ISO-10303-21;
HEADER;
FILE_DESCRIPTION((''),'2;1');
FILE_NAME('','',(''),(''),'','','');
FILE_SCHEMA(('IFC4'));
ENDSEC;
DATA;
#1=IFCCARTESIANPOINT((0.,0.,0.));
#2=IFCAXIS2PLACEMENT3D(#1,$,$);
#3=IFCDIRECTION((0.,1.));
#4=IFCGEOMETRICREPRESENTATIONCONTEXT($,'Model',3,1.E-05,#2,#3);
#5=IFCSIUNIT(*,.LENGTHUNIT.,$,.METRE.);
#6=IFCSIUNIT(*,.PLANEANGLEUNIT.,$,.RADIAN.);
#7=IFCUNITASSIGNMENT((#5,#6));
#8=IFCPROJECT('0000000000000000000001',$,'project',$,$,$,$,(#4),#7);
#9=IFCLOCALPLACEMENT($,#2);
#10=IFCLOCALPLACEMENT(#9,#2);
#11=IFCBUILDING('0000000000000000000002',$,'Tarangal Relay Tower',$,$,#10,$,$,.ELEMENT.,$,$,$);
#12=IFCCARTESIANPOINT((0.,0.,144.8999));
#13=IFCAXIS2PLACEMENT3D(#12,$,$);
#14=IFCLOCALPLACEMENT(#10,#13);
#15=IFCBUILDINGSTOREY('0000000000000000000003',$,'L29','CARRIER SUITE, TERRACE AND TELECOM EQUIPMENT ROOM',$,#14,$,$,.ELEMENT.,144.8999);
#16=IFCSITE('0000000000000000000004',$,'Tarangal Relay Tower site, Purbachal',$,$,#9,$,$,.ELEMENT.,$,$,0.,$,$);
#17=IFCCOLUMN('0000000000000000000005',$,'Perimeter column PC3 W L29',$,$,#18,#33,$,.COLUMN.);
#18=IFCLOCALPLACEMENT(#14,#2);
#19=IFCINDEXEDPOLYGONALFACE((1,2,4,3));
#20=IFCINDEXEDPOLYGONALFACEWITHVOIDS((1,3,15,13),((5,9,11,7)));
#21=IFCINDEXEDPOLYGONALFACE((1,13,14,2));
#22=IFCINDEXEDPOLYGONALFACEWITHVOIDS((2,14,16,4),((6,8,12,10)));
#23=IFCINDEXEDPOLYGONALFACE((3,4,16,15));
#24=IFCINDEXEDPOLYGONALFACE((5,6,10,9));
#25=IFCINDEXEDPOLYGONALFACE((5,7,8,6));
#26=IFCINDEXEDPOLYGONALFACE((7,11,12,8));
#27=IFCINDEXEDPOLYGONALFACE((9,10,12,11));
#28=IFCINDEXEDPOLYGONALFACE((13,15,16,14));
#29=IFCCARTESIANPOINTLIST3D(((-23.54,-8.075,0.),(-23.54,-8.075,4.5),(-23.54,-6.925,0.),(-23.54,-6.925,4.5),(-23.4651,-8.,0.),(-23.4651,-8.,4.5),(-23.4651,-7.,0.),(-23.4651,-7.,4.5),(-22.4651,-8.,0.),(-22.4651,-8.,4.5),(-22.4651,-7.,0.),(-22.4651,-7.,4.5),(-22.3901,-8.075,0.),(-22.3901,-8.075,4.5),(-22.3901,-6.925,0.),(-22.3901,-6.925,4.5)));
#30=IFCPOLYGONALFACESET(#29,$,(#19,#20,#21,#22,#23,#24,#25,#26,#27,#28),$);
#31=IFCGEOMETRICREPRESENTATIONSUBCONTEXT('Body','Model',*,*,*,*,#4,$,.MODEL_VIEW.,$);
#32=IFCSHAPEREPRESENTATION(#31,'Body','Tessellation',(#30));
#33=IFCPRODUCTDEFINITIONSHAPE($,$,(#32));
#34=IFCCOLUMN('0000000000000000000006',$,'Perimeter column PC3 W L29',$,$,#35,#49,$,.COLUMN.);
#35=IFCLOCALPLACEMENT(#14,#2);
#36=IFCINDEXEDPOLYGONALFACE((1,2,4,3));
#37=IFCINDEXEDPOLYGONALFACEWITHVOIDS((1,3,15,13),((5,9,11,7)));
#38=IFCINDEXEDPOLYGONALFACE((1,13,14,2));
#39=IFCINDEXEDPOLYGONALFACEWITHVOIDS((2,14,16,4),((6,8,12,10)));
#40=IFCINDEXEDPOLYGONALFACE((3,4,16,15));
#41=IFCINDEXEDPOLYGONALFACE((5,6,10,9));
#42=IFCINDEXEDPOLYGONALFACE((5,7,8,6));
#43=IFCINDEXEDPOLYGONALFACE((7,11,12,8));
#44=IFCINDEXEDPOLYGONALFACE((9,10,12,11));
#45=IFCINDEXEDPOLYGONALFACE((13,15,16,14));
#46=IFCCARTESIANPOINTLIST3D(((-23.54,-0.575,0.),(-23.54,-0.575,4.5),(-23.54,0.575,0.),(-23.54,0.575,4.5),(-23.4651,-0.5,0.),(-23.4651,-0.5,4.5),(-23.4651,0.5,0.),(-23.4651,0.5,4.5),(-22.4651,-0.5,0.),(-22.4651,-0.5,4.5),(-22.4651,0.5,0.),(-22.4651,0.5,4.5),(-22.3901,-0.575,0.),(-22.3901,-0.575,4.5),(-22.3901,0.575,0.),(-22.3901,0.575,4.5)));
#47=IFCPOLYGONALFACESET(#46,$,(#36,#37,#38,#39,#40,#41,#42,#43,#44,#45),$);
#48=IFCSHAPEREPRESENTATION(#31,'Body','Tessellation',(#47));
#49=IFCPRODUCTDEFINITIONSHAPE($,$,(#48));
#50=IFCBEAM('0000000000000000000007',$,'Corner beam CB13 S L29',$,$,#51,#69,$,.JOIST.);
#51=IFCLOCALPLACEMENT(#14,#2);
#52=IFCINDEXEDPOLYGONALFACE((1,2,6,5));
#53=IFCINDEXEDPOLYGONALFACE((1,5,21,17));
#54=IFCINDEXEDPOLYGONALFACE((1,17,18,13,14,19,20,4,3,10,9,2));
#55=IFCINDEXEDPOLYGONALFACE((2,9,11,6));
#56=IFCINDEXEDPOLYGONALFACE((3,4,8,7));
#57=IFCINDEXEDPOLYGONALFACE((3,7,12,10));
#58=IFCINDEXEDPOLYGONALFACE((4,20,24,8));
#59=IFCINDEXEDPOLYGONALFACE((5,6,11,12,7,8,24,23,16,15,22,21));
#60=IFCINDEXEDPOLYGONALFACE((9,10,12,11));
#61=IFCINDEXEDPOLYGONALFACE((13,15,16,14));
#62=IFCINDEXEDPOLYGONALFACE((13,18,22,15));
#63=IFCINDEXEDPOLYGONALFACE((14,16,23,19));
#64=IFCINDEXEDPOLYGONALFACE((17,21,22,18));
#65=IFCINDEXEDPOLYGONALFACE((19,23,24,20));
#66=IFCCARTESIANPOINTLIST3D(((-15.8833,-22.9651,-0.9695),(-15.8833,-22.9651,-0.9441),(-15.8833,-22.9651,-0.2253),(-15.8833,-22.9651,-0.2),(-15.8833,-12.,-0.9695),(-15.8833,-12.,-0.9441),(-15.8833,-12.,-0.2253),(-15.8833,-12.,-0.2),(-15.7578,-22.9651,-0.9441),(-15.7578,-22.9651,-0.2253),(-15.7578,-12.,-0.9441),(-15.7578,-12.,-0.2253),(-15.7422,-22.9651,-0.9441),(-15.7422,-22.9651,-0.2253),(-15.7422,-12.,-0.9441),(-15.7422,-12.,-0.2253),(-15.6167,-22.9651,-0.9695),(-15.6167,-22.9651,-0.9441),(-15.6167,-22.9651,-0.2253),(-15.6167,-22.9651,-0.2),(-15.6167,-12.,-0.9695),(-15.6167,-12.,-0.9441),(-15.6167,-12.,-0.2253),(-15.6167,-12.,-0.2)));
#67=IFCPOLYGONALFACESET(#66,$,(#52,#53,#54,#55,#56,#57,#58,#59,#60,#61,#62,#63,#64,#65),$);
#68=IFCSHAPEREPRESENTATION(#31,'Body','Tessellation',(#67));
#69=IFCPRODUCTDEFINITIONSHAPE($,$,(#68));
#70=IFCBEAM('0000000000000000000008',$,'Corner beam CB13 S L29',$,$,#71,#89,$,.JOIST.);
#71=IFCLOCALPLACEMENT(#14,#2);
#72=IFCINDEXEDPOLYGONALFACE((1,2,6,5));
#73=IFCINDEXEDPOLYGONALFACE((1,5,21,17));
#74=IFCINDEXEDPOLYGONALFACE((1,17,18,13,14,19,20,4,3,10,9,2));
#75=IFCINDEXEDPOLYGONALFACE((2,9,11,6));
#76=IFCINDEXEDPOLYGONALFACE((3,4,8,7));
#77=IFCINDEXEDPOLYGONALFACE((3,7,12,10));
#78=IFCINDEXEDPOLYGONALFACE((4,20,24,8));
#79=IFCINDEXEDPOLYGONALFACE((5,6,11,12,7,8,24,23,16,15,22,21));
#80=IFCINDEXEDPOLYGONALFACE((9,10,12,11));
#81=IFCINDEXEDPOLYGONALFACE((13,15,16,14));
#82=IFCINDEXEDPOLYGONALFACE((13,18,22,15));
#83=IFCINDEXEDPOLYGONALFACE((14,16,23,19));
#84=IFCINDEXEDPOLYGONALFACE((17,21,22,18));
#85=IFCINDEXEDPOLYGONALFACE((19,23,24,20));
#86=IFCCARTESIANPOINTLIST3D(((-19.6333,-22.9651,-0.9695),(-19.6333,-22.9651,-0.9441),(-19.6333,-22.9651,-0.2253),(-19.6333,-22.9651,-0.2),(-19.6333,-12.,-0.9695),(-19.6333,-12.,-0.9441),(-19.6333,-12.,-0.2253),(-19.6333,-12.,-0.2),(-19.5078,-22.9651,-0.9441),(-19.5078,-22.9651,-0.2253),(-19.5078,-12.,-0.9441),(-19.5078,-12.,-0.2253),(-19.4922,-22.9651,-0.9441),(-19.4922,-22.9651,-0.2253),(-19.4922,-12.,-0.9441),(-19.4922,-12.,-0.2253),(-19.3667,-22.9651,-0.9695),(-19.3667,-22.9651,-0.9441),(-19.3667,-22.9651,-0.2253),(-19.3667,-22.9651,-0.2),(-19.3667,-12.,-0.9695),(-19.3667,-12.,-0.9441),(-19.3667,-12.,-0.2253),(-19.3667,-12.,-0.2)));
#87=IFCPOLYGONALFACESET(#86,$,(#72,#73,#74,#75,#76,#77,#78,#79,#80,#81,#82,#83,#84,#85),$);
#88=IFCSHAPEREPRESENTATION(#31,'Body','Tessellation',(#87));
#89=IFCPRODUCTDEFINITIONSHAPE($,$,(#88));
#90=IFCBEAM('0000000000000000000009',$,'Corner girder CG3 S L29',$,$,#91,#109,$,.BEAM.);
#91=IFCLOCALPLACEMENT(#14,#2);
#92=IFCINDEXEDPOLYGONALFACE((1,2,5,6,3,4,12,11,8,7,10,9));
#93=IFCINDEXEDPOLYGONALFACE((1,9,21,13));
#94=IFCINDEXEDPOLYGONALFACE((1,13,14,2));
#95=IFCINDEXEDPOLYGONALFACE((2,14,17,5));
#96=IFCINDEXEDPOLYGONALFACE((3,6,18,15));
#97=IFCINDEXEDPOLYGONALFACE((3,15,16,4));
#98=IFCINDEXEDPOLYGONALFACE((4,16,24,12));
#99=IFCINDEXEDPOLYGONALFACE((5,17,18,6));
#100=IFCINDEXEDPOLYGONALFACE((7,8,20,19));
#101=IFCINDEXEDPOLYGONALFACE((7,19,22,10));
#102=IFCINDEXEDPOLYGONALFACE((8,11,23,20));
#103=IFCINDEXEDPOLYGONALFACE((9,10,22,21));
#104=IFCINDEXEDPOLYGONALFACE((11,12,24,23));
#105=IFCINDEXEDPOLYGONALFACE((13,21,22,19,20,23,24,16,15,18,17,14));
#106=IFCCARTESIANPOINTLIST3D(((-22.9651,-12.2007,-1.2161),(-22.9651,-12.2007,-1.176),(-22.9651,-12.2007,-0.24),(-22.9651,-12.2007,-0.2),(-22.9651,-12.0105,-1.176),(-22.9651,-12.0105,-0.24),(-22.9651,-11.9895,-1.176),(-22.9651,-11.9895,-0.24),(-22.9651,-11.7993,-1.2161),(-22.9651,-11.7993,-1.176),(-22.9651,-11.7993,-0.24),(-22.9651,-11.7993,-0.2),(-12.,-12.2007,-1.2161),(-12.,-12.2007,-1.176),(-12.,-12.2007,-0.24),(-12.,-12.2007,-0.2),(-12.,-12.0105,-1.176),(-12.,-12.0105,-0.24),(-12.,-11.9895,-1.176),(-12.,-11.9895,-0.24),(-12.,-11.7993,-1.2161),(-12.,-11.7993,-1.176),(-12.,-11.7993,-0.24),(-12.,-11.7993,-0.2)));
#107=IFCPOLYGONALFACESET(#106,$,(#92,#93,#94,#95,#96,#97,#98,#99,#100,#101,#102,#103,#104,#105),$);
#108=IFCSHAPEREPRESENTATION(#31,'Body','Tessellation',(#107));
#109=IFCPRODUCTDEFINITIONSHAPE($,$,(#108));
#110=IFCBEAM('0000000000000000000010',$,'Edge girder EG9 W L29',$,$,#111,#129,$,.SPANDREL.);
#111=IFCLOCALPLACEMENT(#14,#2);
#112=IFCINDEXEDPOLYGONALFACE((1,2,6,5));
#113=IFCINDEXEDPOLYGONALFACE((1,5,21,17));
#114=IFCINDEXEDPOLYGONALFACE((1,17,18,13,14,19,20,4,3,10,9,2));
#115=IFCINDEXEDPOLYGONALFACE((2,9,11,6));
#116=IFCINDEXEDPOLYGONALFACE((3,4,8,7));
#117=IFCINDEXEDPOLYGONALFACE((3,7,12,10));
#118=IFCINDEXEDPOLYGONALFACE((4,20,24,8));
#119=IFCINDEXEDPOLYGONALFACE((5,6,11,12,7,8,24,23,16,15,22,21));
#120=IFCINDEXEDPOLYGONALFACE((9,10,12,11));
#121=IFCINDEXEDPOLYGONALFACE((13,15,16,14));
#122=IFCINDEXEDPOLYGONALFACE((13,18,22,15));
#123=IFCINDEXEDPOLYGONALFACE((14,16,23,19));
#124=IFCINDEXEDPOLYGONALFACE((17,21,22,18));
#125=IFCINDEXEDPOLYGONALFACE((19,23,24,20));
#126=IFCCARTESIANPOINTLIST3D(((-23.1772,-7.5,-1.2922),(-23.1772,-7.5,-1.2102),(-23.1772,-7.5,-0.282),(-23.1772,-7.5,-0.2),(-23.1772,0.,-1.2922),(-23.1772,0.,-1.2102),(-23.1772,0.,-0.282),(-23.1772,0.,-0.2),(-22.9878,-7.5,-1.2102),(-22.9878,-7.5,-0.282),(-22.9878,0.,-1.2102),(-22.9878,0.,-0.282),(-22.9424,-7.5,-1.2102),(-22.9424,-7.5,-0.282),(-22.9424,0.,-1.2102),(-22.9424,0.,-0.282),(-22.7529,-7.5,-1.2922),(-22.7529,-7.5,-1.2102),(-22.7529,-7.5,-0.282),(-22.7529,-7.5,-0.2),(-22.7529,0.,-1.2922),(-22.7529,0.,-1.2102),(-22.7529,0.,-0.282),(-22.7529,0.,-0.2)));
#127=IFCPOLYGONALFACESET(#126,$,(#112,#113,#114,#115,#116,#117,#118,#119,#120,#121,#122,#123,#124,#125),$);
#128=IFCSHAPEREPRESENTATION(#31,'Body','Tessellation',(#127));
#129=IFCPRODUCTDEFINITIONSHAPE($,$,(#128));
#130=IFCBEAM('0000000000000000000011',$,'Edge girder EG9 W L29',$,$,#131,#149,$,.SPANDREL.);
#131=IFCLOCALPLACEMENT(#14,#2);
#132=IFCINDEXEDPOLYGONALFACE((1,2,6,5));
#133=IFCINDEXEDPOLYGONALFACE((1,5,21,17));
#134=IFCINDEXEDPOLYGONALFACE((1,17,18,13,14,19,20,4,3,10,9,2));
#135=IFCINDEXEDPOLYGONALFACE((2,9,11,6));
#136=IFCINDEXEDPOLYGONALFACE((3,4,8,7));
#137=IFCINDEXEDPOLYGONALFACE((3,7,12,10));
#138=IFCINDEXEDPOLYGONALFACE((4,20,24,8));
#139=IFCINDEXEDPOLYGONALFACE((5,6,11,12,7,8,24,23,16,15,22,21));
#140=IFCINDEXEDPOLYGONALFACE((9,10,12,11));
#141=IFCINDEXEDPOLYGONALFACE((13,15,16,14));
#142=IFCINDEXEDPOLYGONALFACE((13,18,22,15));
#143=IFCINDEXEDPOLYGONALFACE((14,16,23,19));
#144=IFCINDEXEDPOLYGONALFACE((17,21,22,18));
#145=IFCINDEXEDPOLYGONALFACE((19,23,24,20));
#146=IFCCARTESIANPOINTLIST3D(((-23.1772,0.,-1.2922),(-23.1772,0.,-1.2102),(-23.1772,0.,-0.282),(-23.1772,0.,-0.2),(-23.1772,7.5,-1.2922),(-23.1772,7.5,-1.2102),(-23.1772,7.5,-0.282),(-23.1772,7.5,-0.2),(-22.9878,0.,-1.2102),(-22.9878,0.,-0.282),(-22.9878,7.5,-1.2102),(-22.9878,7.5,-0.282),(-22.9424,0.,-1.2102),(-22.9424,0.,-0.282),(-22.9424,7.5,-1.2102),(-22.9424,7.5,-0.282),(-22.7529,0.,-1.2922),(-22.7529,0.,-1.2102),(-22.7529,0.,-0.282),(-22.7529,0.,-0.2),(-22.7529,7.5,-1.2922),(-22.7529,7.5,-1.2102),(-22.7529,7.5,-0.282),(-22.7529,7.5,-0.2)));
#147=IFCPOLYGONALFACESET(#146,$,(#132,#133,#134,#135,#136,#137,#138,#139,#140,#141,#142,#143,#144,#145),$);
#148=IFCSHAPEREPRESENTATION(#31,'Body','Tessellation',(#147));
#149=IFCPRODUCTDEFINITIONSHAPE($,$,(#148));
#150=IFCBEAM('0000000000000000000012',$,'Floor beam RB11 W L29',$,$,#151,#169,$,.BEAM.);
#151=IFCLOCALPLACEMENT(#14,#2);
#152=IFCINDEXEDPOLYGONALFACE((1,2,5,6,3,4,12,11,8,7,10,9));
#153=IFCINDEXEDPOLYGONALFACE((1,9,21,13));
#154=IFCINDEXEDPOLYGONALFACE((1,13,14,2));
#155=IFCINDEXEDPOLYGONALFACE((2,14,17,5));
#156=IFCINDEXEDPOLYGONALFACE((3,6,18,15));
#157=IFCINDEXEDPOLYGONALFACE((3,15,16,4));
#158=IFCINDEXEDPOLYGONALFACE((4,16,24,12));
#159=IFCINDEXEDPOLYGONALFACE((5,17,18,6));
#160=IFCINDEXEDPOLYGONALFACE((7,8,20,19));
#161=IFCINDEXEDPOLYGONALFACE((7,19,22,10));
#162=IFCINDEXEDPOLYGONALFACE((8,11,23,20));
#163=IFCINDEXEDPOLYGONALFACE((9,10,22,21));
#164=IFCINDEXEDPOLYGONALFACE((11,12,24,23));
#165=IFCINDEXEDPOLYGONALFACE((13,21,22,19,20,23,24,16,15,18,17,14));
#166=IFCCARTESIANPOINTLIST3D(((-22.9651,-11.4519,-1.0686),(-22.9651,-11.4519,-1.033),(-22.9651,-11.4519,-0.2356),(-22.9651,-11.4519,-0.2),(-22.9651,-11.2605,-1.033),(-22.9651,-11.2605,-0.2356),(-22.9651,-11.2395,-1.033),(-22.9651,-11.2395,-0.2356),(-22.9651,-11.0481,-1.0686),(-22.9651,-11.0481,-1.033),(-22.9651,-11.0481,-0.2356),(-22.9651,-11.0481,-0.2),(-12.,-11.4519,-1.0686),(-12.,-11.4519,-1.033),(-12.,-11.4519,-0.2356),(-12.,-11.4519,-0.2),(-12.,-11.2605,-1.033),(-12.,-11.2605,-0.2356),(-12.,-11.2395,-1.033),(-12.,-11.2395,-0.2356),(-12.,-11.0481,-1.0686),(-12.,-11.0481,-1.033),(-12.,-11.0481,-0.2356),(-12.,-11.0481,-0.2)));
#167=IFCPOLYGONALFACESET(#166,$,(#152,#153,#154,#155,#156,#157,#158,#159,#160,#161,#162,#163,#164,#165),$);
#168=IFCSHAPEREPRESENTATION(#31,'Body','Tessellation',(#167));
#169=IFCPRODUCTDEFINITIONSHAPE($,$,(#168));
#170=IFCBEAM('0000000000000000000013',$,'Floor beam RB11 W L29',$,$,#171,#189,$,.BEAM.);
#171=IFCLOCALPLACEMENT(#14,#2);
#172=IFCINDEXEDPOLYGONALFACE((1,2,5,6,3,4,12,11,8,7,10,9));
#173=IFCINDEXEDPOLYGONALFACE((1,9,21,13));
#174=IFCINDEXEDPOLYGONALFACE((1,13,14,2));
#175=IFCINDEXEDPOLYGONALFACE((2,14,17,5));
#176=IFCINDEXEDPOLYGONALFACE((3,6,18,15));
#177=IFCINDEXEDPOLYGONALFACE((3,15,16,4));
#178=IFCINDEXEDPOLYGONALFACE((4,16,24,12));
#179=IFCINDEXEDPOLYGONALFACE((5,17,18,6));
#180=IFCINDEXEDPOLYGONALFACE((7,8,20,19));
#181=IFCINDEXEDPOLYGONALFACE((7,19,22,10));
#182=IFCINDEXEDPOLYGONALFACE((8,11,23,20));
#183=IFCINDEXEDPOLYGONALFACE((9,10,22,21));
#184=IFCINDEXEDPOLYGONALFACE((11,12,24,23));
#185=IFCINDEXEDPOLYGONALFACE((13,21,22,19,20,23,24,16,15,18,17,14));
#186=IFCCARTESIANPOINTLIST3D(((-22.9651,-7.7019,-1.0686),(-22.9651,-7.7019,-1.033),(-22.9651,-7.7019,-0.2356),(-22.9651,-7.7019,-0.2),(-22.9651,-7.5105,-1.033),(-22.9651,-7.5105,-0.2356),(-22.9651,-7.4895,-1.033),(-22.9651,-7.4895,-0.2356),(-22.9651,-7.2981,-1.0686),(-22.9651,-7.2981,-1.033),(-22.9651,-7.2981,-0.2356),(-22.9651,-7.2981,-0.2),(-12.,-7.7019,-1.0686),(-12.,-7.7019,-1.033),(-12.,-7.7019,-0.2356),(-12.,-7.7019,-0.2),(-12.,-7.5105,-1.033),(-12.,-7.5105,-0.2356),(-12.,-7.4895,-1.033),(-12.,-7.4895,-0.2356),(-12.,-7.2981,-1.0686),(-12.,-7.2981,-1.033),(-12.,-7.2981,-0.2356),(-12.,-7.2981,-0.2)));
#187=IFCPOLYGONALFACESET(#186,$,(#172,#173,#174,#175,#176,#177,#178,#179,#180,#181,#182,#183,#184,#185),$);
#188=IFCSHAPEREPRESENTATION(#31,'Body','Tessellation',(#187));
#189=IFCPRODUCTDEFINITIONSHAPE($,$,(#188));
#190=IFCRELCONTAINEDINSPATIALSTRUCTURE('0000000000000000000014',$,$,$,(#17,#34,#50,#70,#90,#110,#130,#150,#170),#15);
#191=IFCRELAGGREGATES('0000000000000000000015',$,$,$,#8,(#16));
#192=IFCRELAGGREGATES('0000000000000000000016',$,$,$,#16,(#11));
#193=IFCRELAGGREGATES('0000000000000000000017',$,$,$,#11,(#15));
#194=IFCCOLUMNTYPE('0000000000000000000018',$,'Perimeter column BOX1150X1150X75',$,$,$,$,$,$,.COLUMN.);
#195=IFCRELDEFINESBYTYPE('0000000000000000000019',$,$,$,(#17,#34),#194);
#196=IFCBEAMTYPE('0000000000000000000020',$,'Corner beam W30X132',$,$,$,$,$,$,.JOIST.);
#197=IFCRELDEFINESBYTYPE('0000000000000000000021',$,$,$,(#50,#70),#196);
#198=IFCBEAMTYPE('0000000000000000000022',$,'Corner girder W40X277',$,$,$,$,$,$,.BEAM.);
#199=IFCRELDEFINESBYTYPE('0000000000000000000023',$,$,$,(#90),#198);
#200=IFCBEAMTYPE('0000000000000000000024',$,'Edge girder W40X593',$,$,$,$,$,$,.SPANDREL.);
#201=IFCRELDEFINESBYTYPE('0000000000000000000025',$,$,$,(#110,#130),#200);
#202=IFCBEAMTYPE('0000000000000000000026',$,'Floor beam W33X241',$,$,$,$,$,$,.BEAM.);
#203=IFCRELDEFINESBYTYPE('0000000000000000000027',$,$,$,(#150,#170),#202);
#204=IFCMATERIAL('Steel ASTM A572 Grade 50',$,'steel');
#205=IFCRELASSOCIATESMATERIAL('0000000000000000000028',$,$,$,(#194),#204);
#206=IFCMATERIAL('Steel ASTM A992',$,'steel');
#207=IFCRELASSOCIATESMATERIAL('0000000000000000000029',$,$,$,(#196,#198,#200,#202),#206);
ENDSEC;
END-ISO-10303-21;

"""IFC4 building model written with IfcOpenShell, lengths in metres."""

from ifc_helpers import new_model, si_unit, direction, frame, origin, origin_2d, place, context, subcontext, project, spatial, hollow_rectangle, i_section, extrude, material, material_profile, profile_set, type_object, element, save


model = new_model("IFC4")

# Units and contexts
model_context = context("Model", 3, precision=1e-05, world=origin(), true_north=direction((0.0, 1.0)))
body_context = subcontext(model_context, "Body", "Model", "MODEL_VIEW")
ifc_project = project(units=[si_unit("LENGTHUNIT", "METRE"), si_unit("PLANEANGLEUNIT", "RADIAN")], contexts=[model_context])

# Site, building, storey
site_placement = place(None, origin())
site = spatial("IfcSite", under=ifc_project, at=site_placement, Name="Tarangal Relay Tower site, Purbachal", CompositionType="ELEMENT", RefElevation=0.0)
building_placement = place(site_placement, origin())
building = spatial("IfcBuilding", under=site, at=building_placement, Name="Tarangal Relay Tower", CompositionType="ELEMENT")
storey_placement = place(building_placement, frame((0.0, 0.0, 144.8999)))
storey = spatial("IfcBuildingStorey", under=building, at=storey_placement, Name="L29", Description="CARRIER SUITE, TERRACE AND TELECOM EQUIPMENT ROOM", CompositionType="ELEMENT", Elevation=144.8999)

# Columns
ifc_material_1 = material(Name="Steel ASTM A572 Grade 50", Category="steel")
ifc_material_profile_1 = material_profile(ifc_material_1, hollow_rectangle(XDim=1.1499, YDim=1.1499, WallThickness=0.075, at=origin_2d()), Name="BOX1150X1150X75")
ifc_profile_set_1 = profile_set([ifc_material_profile_1], Name="Steel ASTM A572 Grade 50")
column_type = type_object("IfcColumnType", Name="Perimeter column BOX1150X1150X75", PredefinedType="COLUMN", material=ifc_profile_set_1)
for number, where, z_axis, x_axis, name in (
    (1, (-22.9651, -7.5, 0.0), (0.0, 0.0, 1.0), (1.0, 0.0, 0.0), "Perimeter column PC3 W L29"),
    (2, (-22.9651, 0.0, 0.0), (0.0, 0.0, 1.0), (1.0, 0.0, 0.0), "Perimeter column PC3 W L29"),
):
    element("IfcColumn", number, at=place(storey_placement, frame(where, z_axis=z_axis, x_axis=x_axis)), inside=storey, type_object=column_type, Name=name, PredefinedType="COLUMN", context=body_context, shape_type="SweptSolid", body=[
        extrude(hollow_rectangle(XDim=1.1499, YDim=1.1499, WallThickness=0.075, at=origin_2d()), origin(), (0.0, 0.0, 1.0), 4.5),
    ])

# Beams
ifc_material_2 = material(Name="Steel ASTM A992", Category="steel")
ifc_material_profile_2 = material_profile(ifc_material_2, i_section(OverallWidth=0.2666, OverallDepth=0.7695, WebThickness=0.0156, FlangeThickness=0.0254, at=origin_2d()), Name="W30X132")
ifc_profile_set_2 = profile_set([ifc_material_profile_2], Name="Steel ASTM A992")
beam_type_1 = type_object("IfcBeamType", Name="Corner beam W30X132", PredefinedType="JOIST", material=ifc_profile_set_2)
for number, where, z_axis, x_axis, name in (
    (3, (-15.75, -12.0, -0.5847), (0.0, -1.0, 0.0), (1.0, 0.0, 0.0), "Corner beam CB13 S L29"),
    (4, (-19.5, -12.0, -0.5847), (0.0, -1.0, 0.0), (1.0, 0.0, 0.0), "Corner beam CB13 S L29"),
):
    element("IfcBeam", number, at=place(storey_placement, frame(where, z_axis=z_axis, x_axis=x_axis)), inside=storey, type_object=beam_type_1, Name=name, PredefinedType="JOIST", context=body_context, shape_type="SweptSolid", body=[
        extrude(i_section(OverallWidth=0.2666, OverallDepth=0.7695, WebThickness=0.0156, FlangeThickness=0.0254, at=origin_2d()), origin(), (0.0, 0.0, 1.0), 10.9651),
    ])
ifc_material_profile_3 = material_profile(ifc_material_2, i_section(OverallWidth=0.4014, OverallDepth=1.0161, WebThickness=0.021, FlangeThickness=0.04, at=origin_2d()), Name="W40X277")
ifc_profile_set_3 = profile_set([ifc_material_profile_3], Name="Steel ASTM A992")
beam_type_2 = type_object("IfcBeamType", Name="Corner girder W40X277", PredefinedType="BEAM", material=ifc_profile_set_3)
beam_placement = place(storey_placement, frame((-12.0, -12.0, -0.708), z_axis=(-1.0, 0.0, 0.0), x_axis=(0.0, -1.0, 0.0)))
element("IfcBeam", 5, at=beam_placement, inside=storey, type_object=beam_type_2, Name="Corner girder CG3 S L29", PredefinedType="BEAM", context=body_context, shape_type="SweptSolid", body=[
    extrude(i_section(OverallWidth=0.4014, OverallDepth=1.0161, WebThickness=0.021, FlangeThickness=0.04, at=origin_2d()), origin(), (0.0, 0.0, 1.0), 10.9651),
])
ifc_material_profile_4 = material_profile(ifc_material_2, i_section(OverallWidth=0.4243, OverallDepth=1.0923, WebThickness=0.0454, FlangeThickness=0.082, at=origin_2d()), Name="W40X593")
ifc_profile_set_4 = profile_set([ifc_material_profile_4], Name="Steel ASTM A992")
beam_type_3 = type_object("IfcBeamType", Name="Edge girder W40X593", PredefinedType="SPANDREL", material=ifc_profile_set_4)
for number, where, z_axis, x_axis, name in (
    (6, (-22.9651, -7.5, -0.7461), (0.0, 1.0, 0.0), (-1.0, 0.0, 0.0), "Edge girder EG9 W L29"),
    (7, (-22.9651, 0.0, -0.7461), (0.0, 1.0, 0.0), (-1.0, 0.0, 0.0), "Edge girder EG9 W L29"),
):
    element("IfcBeam", number, at=place(storey_placement, frame(where, z_axis=z_axis, x_axis=x_axis)), inside=storey, type_object=beam_type_3, Name=name, PredefinedType="SPANDREL", context=body_context, shape_type="SweptSolid", body=[
        extrude(i_section(OverallWidth=0.4243, OverallDepth=1.0923, WebThickness=0.0454, FlangeThickness=0.082, at=origin_2d()), origin(), (0.0, 0.0, 1.0), 7.5),
    ])
ifc_material_profile_5 = material_profile(ifc_material_2, i_section(OverallWidth=0.4038, OverallDepth=0.8687, WebThickness=0.021, FlangeThickness=0.0356, at=origin_2d()), Name="W33X241")
ifc_profile_set_5 = profile_set([ifc_material_profile_5], Name="Steel ASTM A992")
beam_type_4 = type_object("IfcBeamType", Name="Floor beam W33X241", PredefinedType="BEAM", material=ifc_profile_set_5)
for number, where, z_axis, x_axis, name in (
    (8, (-12.0, -11.25, -0.6343), (-1.0, 0.0, 0.0), (0.0, -1.0, 0.0), "Floor beam RB11 W L29"),
    (9, (-12.0, -7.5, -0.6343), (-1.0, 0.0, 0.0), (0.0, -1.0, 0.0), "Floor beam RB11 W L29"),
):
    element("IfcBeam", number, at=place(storey_placement, frame(where, z_axis=z_axis, x_axis=x_axis)), inside=storey, type_object=beam_type_4, Name=name, PredefinedType="BEAM", context=body_context, shape_type="SweptSolid", body=[
        extrude(i_section(OverallWidth=0.4038, OverallDepth=0.8687, WebThickness=0.021, FlangeThickness=0.0356, at=origin_2d()), origin(), (0.0, 0.0, 1.0), 10.9651),
    ])

save(model, "model.ifc")
